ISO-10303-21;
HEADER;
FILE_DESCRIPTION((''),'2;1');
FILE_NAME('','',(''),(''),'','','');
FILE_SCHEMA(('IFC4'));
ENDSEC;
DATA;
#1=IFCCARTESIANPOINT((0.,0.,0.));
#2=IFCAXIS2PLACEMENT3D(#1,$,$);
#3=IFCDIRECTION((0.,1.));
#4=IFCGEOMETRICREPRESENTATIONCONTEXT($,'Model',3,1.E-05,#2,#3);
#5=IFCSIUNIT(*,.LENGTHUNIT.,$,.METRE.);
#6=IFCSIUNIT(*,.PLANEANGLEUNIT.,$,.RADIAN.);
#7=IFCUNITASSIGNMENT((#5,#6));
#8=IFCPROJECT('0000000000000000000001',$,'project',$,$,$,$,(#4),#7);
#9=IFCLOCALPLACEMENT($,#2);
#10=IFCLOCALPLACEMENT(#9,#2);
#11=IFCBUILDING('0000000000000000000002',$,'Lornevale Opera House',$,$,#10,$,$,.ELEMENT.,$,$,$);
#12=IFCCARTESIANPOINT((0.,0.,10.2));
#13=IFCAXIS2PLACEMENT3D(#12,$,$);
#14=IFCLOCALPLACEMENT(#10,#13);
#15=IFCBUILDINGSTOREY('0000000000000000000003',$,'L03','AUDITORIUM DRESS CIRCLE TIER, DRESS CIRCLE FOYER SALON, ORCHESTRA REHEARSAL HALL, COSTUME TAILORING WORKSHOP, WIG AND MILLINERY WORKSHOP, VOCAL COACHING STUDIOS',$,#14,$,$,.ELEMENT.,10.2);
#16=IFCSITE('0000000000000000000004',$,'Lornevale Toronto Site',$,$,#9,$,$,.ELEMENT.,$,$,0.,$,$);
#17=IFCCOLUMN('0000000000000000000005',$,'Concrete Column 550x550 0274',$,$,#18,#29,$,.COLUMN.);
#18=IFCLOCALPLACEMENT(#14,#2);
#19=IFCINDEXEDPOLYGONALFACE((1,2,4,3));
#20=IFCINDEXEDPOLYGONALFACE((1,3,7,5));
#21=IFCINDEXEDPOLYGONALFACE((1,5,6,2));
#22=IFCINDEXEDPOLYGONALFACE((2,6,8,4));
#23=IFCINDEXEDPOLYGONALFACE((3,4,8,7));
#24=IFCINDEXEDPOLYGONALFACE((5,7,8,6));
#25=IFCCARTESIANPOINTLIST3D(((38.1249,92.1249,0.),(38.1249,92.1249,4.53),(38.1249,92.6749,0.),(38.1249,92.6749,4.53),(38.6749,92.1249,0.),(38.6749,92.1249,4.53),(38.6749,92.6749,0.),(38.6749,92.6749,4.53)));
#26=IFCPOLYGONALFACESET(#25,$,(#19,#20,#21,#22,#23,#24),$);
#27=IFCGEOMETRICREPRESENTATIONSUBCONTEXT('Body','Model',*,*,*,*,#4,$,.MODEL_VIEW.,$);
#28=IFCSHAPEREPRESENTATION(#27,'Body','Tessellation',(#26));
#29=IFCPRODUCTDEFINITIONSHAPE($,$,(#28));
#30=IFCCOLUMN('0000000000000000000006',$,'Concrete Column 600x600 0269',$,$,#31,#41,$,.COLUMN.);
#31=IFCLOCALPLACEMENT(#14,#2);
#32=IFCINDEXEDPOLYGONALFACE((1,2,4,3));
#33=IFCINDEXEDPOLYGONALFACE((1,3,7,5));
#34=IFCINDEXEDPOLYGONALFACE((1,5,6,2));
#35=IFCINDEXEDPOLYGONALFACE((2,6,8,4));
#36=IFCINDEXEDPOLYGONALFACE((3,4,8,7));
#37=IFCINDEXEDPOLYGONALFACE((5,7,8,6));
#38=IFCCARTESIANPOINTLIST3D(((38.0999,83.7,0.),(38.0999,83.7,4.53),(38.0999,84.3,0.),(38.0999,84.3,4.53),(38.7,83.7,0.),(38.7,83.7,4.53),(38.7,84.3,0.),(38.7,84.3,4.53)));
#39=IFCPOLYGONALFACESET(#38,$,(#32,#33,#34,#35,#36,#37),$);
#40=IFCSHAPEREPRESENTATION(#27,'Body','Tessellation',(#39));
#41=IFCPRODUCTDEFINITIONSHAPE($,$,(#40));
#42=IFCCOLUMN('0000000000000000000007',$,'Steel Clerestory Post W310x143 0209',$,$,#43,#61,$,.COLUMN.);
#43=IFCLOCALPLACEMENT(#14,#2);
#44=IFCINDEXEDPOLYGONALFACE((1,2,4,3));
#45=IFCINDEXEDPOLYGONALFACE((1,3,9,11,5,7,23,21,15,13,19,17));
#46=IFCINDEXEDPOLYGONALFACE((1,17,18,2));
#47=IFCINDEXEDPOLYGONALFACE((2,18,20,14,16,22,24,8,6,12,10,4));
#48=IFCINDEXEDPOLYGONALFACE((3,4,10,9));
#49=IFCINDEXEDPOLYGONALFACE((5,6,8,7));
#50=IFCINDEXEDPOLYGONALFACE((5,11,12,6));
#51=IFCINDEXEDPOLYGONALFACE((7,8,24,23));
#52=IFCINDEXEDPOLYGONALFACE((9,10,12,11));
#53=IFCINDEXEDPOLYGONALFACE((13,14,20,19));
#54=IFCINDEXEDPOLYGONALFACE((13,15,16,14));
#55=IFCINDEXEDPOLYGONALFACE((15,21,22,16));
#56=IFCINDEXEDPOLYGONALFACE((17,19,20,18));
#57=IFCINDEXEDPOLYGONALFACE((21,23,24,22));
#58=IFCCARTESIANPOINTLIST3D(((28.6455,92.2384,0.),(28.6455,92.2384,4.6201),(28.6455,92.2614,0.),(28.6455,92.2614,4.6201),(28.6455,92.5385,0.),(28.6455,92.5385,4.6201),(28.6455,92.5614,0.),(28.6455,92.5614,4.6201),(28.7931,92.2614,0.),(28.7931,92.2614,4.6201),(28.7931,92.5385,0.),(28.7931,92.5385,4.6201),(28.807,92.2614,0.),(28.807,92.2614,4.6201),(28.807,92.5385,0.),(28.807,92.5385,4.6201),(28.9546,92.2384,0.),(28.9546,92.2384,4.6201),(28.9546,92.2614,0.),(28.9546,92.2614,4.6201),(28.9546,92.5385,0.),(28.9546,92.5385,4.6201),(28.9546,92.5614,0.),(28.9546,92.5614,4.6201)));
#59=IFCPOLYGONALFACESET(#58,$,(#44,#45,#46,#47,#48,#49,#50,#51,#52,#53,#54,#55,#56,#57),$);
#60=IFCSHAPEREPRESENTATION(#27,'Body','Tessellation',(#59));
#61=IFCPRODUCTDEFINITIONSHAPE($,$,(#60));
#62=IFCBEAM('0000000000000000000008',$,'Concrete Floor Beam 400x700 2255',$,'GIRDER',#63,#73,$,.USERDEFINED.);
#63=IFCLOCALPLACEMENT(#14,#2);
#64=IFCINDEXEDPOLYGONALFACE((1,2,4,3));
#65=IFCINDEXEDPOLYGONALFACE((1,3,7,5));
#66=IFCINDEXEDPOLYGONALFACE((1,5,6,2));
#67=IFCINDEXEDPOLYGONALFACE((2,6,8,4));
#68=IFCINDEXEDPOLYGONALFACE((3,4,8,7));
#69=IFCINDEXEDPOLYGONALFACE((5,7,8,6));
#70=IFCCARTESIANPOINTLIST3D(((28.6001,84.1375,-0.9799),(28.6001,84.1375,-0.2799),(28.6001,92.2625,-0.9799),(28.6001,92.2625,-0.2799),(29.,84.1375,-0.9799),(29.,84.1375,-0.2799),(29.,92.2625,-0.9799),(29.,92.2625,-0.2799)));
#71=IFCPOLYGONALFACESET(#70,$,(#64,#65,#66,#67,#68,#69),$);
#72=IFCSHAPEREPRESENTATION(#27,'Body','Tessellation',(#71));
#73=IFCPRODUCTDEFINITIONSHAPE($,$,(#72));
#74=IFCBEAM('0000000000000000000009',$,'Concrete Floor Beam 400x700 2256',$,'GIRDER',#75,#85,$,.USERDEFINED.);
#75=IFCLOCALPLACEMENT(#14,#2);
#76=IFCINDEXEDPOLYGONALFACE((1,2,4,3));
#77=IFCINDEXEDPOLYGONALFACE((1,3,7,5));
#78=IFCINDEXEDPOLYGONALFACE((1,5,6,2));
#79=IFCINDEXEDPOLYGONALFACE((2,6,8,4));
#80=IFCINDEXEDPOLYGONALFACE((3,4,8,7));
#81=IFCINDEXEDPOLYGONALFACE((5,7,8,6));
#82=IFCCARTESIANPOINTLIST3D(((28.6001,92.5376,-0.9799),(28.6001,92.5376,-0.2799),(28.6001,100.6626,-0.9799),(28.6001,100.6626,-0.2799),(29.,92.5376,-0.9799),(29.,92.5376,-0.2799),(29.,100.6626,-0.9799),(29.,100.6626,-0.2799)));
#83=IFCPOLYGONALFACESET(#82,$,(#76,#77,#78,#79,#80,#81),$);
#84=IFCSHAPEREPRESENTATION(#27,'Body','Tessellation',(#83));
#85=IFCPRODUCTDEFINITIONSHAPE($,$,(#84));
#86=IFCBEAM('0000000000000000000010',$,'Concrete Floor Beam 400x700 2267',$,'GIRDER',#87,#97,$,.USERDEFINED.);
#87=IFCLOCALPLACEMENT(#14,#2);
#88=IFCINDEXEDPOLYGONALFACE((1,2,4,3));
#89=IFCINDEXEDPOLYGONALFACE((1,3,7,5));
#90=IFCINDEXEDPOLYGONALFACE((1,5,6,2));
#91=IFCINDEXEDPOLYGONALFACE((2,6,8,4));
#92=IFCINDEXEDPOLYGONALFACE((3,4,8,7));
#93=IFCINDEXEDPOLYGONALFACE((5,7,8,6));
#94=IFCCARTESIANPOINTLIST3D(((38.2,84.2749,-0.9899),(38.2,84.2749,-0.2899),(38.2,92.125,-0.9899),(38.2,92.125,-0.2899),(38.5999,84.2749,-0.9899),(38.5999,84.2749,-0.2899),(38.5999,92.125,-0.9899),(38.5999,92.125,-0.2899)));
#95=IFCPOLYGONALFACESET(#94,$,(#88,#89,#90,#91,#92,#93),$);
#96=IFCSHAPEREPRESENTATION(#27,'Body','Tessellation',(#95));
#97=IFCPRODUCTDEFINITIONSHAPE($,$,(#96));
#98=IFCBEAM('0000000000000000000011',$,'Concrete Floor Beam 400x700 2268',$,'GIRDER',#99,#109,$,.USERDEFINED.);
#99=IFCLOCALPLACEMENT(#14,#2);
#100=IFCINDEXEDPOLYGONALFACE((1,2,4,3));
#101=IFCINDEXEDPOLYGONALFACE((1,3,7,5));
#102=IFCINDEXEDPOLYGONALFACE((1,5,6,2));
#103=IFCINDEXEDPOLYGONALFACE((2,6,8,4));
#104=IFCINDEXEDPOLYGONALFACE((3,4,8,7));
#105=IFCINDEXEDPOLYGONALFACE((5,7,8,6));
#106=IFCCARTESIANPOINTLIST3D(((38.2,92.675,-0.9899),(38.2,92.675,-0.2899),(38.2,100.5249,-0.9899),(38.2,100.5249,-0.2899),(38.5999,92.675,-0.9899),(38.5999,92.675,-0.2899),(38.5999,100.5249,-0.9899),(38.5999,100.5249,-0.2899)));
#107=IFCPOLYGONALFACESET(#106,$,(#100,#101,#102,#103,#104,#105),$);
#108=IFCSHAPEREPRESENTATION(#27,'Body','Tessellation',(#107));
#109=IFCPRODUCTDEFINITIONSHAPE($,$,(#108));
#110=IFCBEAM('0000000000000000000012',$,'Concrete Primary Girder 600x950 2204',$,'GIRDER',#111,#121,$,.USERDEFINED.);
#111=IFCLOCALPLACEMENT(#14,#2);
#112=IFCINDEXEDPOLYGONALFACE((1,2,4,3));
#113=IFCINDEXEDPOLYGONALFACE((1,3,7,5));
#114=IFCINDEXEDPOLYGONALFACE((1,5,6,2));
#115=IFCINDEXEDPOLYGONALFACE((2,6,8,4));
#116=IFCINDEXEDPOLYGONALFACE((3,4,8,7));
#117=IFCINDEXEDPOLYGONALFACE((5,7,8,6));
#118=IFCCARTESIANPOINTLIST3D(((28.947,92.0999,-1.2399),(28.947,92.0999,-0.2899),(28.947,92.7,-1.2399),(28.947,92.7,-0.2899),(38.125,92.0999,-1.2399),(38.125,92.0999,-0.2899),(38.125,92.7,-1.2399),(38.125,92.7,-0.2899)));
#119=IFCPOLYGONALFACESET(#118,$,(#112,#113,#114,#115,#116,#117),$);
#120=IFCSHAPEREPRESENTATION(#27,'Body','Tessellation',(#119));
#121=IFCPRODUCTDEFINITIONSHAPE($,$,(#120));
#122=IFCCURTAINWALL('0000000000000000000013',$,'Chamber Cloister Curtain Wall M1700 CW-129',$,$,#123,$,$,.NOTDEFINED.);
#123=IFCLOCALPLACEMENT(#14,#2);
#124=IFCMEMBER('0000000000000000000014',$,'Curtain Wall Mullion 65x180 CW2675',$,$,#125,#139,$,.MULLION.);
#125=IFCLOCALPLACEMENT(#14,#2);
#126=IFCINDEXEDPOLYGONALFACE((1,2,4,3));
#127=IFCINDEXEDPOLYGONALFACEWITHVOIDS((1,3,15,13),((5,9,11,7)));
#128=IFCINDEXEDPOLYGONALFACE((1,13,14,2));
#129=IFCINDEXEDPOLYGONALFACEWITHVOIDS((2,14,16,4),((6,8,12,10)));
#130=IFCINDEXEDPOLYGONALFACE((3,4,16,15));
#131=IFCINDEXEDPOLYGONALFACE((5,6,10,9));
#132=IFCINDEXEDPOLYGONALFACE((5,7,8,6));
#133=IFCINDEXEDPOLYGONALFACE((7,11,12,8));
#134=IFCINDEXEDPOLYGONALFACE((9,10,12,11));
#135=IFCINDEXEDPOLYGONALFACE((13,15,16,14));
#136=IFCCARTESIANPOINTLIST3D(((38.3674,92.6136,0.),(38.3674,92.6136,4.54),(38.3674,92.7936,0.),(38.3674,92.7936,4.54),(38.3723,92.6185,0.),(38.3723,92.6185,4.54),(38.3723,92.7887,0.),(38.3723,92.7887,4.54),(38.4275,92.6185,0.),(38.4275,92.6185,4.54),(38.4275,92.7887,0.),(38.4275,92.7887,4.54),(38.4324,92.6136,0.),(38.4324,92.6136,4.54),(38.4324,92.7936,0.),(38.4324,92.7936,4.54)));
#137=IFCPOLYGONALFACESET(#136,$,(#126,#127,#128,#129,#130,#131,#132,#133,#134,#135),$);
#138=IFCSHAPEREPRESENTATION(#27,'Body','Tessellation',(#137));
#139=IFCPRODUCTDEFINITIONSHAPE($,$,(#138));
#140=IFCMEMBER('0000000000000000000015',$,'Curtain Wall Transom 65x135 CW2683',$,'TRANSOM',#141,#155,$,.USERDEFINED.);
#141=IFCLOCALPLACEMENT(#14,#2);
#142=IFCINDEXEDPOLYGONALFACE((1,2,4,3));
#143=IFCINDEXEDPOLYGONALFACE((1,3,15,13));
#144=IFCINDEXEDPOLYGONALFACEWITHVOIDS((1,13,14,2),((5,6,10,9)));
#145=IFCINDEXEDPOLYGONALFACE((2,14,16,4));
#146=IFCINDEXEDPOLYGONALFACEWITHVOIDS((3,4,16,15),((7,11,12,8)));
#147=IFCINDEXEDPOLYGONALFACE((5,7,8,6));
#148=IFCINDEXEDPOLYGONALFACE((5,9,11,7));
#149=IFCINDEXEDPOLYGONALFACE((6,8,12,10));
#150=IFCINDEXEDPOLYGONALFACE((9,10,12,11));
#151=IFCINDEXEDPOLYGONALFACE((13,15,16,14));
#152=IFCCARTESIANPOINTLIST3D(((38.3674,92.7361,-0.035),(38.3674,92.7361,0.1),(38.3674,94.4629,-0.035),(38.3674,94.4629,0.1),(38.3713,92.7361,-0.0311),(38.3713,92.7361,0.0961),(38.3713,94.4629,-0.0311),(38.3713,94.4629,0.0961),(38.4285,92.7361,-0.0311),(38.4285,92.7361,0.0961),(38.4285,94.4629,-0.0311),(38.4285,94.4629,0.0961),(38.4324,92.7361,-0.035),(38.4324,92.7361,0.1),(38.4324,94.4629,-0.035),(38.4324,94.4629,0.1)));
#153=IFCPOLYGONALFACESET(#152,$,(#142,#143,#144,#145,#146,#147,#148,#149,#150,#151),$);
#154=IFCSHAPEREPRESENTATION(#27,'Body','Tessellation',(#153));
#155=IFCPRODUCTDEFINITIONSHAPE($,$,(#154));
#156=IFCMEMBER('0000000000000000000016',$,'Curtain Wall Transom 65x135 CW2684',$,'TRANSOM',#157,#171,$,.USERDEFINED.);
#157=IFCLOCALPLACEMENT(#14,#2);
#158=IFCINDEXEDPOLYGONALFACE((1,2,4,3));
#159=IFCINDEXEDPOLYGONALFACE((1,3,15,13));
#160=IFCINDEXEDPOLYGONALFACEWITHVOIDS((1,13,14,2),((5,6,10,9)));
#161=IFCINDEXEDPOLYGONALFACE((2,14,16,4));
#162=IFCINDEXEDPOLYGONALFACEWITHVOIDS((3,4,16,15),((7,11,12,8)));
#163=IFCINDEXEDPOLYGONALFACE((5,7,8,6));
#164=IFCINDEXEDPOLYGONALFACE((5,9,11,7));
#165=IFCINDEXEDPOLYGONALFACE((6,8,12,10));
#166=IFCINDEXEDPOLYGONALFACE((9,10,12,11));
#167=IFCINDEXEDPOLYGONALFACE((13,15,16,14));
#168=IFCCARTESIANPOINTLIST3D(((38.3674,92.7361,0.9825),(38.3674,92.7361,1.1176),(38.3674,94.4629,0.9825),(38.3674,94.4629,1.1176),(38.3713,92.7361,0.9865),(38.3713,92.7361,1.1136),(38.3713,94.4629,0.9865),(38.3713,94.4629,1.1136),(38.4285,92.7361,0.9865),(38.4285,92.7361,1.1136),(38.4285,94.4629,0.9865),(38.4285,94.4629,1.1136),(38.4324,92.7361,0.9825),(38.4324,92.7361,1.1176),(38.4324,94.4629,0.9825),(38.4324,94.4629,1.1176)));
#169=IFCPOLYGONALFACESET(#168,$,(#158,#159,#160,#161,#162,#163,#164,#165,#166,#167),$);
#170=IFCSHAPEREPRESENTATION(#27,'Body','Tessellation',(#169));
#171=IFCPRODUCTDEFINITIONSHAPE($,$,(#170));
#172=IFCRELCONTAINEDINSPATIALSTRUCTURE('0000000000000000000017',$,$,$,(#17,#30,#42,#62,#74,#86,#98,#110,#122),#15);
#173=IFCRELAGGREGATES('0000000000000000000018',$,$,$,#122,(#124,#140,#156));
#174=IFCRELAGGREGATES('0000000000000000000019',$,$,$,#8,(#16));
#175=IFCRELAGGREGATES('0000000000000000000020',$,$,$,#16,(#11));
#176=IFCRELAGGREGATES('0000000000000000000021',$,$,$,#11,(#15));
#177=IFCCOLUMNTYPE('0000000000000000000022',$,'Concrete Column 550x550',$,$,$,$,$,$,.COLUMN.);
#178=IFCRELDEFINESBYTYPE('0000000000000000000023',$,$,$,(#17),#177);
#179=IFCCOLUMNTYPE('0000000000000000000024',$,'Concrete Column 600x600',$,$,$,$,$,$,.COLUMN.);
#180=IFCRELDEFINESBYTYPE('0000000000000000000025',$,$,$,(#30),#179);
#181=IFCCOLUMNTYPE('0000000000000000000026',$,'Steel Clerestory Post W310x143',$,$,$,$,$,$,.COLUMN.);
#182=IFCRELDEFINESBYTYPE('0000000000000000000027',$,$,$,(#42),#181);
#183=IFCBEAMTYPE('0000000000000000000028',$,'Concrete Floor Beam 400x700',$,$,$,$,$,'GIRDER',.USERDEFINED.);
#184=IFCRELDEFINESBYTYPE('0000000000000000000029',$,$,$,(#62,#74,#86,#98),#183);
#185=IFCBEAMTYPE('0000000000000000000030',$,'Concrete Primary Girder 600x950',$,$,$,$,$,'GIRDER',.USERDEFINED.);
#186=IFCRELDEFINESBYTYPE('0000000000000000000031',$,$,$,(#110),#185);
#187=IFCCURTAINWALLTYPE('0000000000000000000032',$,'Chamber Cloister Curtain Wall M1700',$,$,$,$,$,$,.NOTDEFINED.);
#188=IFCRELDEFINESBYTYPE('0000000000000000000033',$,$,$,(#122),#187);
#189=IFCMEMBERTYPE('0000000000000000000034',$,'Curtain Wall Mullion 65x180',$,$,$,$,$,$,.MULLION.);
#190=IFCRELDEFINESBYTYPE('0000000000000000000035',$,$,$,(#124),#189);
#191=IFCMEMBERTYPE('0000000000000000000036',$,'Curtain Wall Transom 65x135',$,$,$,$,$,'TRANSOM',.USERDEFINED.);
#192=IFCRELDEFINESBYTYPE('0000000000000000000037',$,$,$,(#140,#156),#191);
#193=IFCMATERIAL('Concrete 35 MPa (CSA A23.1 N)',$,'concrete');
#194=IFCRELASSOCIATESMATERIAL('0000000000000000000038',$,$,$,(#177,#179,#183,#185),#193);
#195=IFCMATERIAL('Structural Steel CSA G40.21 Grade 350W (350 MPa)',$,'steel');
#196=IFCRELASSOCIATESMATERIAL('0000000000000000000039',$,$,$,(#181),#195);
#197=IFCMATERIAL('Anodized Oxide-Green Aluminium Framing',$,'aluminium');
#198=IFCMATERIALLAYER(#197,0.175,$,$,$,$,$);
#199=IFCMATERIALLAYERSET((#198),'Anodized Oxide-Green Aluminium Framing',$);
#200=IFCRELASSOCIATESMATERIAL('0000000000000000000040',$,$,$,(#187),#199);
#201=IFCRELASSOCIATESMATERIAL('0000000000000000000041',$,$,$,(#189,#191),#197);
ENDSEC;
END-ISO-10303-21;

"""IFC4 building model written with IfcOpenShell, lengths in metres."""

from ifc_helpers import new_model, si_unit, direction, frame, origin, origin_2d, place, context, subcontext, project, spatial, rectangle, hollow_rectangle, i_section, extrude, material, layer, layer_set, material_profile, profile_set, type_object, element, aggregate, save


model = new_model("IFC4")

# Units and contexts
model_context = context("Model", 3, precision=1e-05, world=origin(), true_north=direction((0.0, 1.0)))
body_context = subcontext(model_context, "Body", "Model", "MODEL_VIEW")
ifc_project = project(units=[si_unit("LENGTHUNIT", "METRE"), si_unit("PLANEANGLEUNIT", "RADIAN")], contexts=[model_context])

# Site, building, storey
site_placement = place(None, origin())
site = spatial("IfcSite", under=ifc_project, at=site_placement, Name="Lornevale Toronto Site", CompositionType="ELEMENT", RefElevation=0.0)
building_placement = place(site_placement, origin())
building = spatial("IfcBuilding", under=site, at=building_placement, Name="Lornevale Opera House", CompositionType="ELEMENT")
storey_placement = place(building_placement, frame((0.0, 0.0, 10.2)))
storey = spatial("IfcBuildingStorey", under=building, at=storey_placement, Name="L03", Description="AUDITORIUM DRESS CIRCLE TIER, DRESS CIRCLE FOYER SALON, ORCHESTRA REHEARSAL HALL, COSTUME TAILORING WORKSHOP, WIG AND MILLINERY WORKSHOP, VOCAL COACHING STUDIOS", CompositionType="ELEMENT", Elevation=10.2)

# Columns
ifc_material_1 = material(Name="Concrete 35 MPa (CSA A23.1 N)", Category="concrete")
ifc_material_profile_1 = material_profile(ifc_material_1, rectangle(XDim=0.55, YDim=0.55, at=origin_2d()), Name="RC550x550")
ifc_profile_set_1 = profile_set([ifc_material_profile_1], Name="Concrete 35 MPa (CSA A23.1 N)")
column_type_1 = type_object("IfcColumnType", Name="Concrete Column 550x550", PredefinedType="COLUMN", material=ifc_profile_set_1)
column_1_placement = place(storey_placement, frame((38.3999, 92.3999, 0.0), z_axis=(0.0, 0.0, 1.0), x_axis=(1.0, 0.0, 0.0)))
element("IfcColumn", 1, at=column_1_placement, inside=storey, type_object=column_type_1, Name="Concrete Column 550x550 0274", PredefinedType="COLUMN", context=body_context, shape_type="SweptSolid", body=[
    extrude(rectangle(XDim=0.55, YDim=0.55, at=origin_2d()), origin(), (0.0, 0.0, 1.0), 4.53),
])
ifc_material_profile_2 = material_profile(ifc_material_1, rectangle(XDim=0.6001, YDim=0.6001, at=origin_2d()), Name="RC600x600")
ifc_profile_set_2 = profile_set([ifc_material_profile_2], Name="Concrete 35 MPa (CSA A23.1 N)")
column_type_2 = type_object("IfcColumnType", Name="Concrete Column 600x600", PredefinedType="COLUMN", material=ifc_profile_set_2)
column_2_placement = place(storey_placement, frame((38.3999, 84.0, 0.0), z_axis=(0.0, 0.0, 1.0), x_axis=(1.0, 0.0, 0.0)))
element("IfcColumn", 2, at=column_2_placement, inside=storey, type_object=column_type_2, Name="Concrete Column 600x600 0269", PredefinedType="COLUMN", context=body_context, shape_type="SweptSolid", body=[
    extrude(rectangle(XDim=0.6001, YDim=0.6001, at=origin_2d()), origin(), (0.0, 0.0, 1.0), 4.53),
])
ifc_material_2 = material(Name="Structural Steel CSA G40.21 Grade 350W (350 MPa)", Category="steel")
ifc_material_profile_3 = material_profile(ifc_material_2, i_section(OverallWidth=0.3091, OverallDepth=0.323, WebThickness=0.0139, FlangeThickness=0.0229, at=origin_2d()), Name="W310x143")
ifc_profile_set_3 = profile_set([ifc_material_profile_3], Name="Structural Steel CSA G40.21 Grade 350W (350 MPa)")
column_type_3 = type_object("IfcColumnType", Name="Steel Clerestory Post W310x143", PredefinedType="COLUMN", material=ifc_profile_set_3)
column_3_placement = place(storey_placement, frame((28.8, 92.3999, 0.0), z_axis=(0.0, 0.0, 1.0), x_axis=(1.0, 0.0, 0.0)))
element("IfcColumn", 3, at=column_3_placement, inside=storey, type_object=column_type_3, Name="Steel Clerestory Post W310x143 0209", PredefinedType="COLUMN", context=body_context, shape_type="SweptSolid", body=[
    extrude(i_section(OverallWidth=0.3091, OverallDepth=0.323, WebThickness=0.0139, FlangeThickness=0.0229, at=origin_2d()), origin(), (0.0, 0.0, 1.0), 4.6201),
])

# Beams
ifc_material_profile_4 = material_profile(ifc_material_1, rectangle(XDim=0.3999, YDim=0.7, at=origin_2d()), Name="RC400x700")
ifc_profile_set_4 = profile_set([ifc_material_profile_4], Name="Concrete 35 MPa (CSA A23.1 N)")
beam_type_1 = type_object("IfcBeamType", Name="Concrete Floor Beam 400x700", ElementType="GIRDER", PredefinedType="USERDEFINED", material=ifc_profile_set_4)
for number, where, z_axis, x_axis, name in (
    (4, (28.8, 84.1375, -0.6299), (0.0, 1.0, 0.0), (-1.0, 0.0, 0.0), "Concrete Floor Beam 400x700 2255"),
    (5, (28.8, 92.5376, -0.6299), (0.0, 1.0, 0.0), (-1.0, 0.0, 0.0), "Concrete Floor Beam 400x700 2256"),
):
    element("IfcBeam", number, at=place(storey_placement, frame(where, z_axis=z_axis, x_axis=x_axis)), inside=storey, type_object=beam_type_1, Name=name, ObjectType="GIRDER", PredefinedType="USERDEFINED", context=body_context, shape_type="SweptSolid", body=[
        extrude(rectangle(XDim=0.3999, YDim=0.7, at=origin_2d()), origin(), (0.0, 0.0, 1.0), 8.125),
    ])
beam_1_placement = place(storey_placement, frame((38.3999, 84.2749, -0.6399), z_axis=(0.0, 1.0, 0.0), x_axis=(-1.0, 0.0, 0.0)))
element("IfcBeam", 6, at=beam_1_placement, inside=storey, type_object=beam_type_1, Name="Concrete Floor Beam 400x700 2267", ObjectType="GIRDER", PredefinedType="USERDEFINED", context=body_context, shape_type="SweptSolid", body=[
    extrude(rectangle(XDim=0.3999, YDim=0.7, at=origin_2d()), origin(), (0.0, 0.0, 1.0), 7.8501),
])
beam_2_placement = place(storey_placement, frame((38.3999, 92.675, -0.6399), z_axis=(0.0, 1.0, 0.0), x_axis=(-1.0, 0.0, 0.0)))
element("IfcBeam", 7, at=beam_2_placement, inside=storey, type_object=beam_type_1, Name="Concrete Floor Beam 400x700 2268", ObjectType="GIRDER", PredefinedType="USERDEFINED", context=body_context, shape_type="SweptSolid", body=[
    extrude(rectangle(XDim=0.3999, YDim=0.7, at=origin_2d()), origin(), (0.0, 0.0, 1.0), 7.8499),
])
ifc_material_profile_5 = material_profile(ifc_material_1, rectangle(XDim=0.6001, YDim=0.95, at=origin_2d()), Name="RC600x950")
ifc_profile_set_5 = profile_set([ifc_material_profile_5], Name="Concrete 35 MPa (CSA A23.1 N)")
beam_type_2 = type_object("IfcBeamType", Name="Concrete Primary Girder 600x950", ElementType="GIRDER", PredefinedType="USERDEFINED", material=ifc_profile_set_5)
beam_3_placement = place(storey_placement, frame((28.947, 92.3999, -0.7649), z_axis=(1.0, 0.0, 0.0), x_axis=(0.0, 1.0, 0.0)))
element("IfcBeam", 8, at=beam_3_placement, inside=storey, type_object=beam_type_2, Name="Concrete Primary Girder 600x950 2204", ObjectType="GIRDER", PredefinedType="USERDEFINED", context=body_context, shape_type="SweptSolid", body=[
    extrude(rectangle(XDim=0.6001, YDim=0.95, at=origin_2d()), origin(), (0.0, 0.0, 1.0), 9.178),
])

# Curtain wall, members
ifc_material_3 = material(Name="Anodized Oxide-Green Aluminium Framing", Category="aluminium")
ifc_layer_1 = layer(ifc_material_3, 0.175)
ifc_layer_set_1 = layer_set([ifc_layer_1], Name="Anodized Oxide-Green Aluminium Framing")
curtain_wall_type = type_object("IfcCurtainWallType", Name="Chamber Cloister Curtain Wall M1700", PredefinedType="NOTDEFINED", material=ifc_layer_set_1)
curtain_wall_placement = place(storey_placement, origin())
curtain_wall = element("IfcCurtainWall", 9, at=curtain_wall_placement, inside=storey, type_object=curtain_wall_type, Name="Chamber Cloister Curtain Wall M1700 CW-129", PredefinedType="NOTDEFINED")
ifc_material_profile_6 = material_profile(ifc_material_3, hollow_rectangle(XDim=0.0649, YDim=0.1799, WallThickness=0.0049, at=origin_2d()), Name="ALU65x180x5")
ifc_profile_set_6 = profile_set([ifc_material_profile_6], Name="Anodized Oxide-Green Aluminium Framing")
member_type_1 = type_object("IfcMemberType", Name="Curtain Wall Mullion 65x180", PredefinedType="MULLION", material=ifc_profile_set_6)
member_1_placement = place(storey_placement, frame((38.3999, 92.7036, 0.0), z_axis=(0.0, 0.0, 1.0), x_axis=(1.0, 0.0, 0.0)))
member_1 = element("IfcMember", 10, at=member_1_placement, type_object=member_type_1, Name="Curtain Wall Mullion 65x180 CW2675", PredefinedType="MULLION", context=body_context, shape_type="SweptSolid", body=[
    extrude(hollow_rectangle(XDim=0.0649, YDim=0.1799, WallThickness=0.0049, at=origin_2d()), origin(), (0.0, 0.0, 1.0), 4.54),
])
ifc_material_profile_7 = material_profile(ifc_material_3, hollow_rectangle(XDim=0.0649, YDim=0.135, WallThickness=0.0039, at=origin_2d()), Name="ALU65x135x4")
ifc_profile_set_7 = profile_set([ifc_material_profile_7], Name="Anodized Oxide-Green Aluminium Framing")
member_type_2 = type_object("IfcMemberType", Name="Curtain Wall Transom 65x135", ElementType="TRANSOM", PredefinedType="USERDEFINED", material=ifc_profile_set_7)
member_2_placement = place(storey_placement, frame((38.3999, 94.4629, 0.0325), z_axis=(0.0, -1.0, 0.0), x_axis=(1.0, 0.0, 0.0)))
member_2 = element("IfcMember", 11, at=member_2_placement, type_object=member_type_2, Name="Curtain Wall Transom 65x135 CW2683", ObjectType="TRANSOM", PredefinedType="USERDEFINED", context=body_context, shape_type="SweptSolid", body=[
    extrude(hollow_rectangle(XDim=0.0649, YDim=0.135, WallThickness=0.0039, at=origin_2d()), origin(), (0.0, 0.0, 1.0), 1.7268),
])
member_3_placement = place(storey_placement, frame((38.3999, 94.4629, 1.05), z_axis=(0.0, -1.0, 0.0), x_axis=(1.0, 0.0, 0.0)))
member_3 = element("IfcMember", 12, at=member_3_placement, type_object=member_type_2, Name="Curtain Wall Transom 65x135 CW2684", ObjectType="TRANSOM", PredefinedType="USERDEFINED", context=body_context, shape_type="SweptSolid", body=[
    extrude(hollow_rectangle(XDim=0.0649, YDim=0.135, WallThickness=0.0039, at=origin_2d()), origin(), (0.0, 0.0, 1.0), 1.7268),
])

aggregate(curtain_wall, [member_1, member_2, member_3])

save(model, "model.ifc")
